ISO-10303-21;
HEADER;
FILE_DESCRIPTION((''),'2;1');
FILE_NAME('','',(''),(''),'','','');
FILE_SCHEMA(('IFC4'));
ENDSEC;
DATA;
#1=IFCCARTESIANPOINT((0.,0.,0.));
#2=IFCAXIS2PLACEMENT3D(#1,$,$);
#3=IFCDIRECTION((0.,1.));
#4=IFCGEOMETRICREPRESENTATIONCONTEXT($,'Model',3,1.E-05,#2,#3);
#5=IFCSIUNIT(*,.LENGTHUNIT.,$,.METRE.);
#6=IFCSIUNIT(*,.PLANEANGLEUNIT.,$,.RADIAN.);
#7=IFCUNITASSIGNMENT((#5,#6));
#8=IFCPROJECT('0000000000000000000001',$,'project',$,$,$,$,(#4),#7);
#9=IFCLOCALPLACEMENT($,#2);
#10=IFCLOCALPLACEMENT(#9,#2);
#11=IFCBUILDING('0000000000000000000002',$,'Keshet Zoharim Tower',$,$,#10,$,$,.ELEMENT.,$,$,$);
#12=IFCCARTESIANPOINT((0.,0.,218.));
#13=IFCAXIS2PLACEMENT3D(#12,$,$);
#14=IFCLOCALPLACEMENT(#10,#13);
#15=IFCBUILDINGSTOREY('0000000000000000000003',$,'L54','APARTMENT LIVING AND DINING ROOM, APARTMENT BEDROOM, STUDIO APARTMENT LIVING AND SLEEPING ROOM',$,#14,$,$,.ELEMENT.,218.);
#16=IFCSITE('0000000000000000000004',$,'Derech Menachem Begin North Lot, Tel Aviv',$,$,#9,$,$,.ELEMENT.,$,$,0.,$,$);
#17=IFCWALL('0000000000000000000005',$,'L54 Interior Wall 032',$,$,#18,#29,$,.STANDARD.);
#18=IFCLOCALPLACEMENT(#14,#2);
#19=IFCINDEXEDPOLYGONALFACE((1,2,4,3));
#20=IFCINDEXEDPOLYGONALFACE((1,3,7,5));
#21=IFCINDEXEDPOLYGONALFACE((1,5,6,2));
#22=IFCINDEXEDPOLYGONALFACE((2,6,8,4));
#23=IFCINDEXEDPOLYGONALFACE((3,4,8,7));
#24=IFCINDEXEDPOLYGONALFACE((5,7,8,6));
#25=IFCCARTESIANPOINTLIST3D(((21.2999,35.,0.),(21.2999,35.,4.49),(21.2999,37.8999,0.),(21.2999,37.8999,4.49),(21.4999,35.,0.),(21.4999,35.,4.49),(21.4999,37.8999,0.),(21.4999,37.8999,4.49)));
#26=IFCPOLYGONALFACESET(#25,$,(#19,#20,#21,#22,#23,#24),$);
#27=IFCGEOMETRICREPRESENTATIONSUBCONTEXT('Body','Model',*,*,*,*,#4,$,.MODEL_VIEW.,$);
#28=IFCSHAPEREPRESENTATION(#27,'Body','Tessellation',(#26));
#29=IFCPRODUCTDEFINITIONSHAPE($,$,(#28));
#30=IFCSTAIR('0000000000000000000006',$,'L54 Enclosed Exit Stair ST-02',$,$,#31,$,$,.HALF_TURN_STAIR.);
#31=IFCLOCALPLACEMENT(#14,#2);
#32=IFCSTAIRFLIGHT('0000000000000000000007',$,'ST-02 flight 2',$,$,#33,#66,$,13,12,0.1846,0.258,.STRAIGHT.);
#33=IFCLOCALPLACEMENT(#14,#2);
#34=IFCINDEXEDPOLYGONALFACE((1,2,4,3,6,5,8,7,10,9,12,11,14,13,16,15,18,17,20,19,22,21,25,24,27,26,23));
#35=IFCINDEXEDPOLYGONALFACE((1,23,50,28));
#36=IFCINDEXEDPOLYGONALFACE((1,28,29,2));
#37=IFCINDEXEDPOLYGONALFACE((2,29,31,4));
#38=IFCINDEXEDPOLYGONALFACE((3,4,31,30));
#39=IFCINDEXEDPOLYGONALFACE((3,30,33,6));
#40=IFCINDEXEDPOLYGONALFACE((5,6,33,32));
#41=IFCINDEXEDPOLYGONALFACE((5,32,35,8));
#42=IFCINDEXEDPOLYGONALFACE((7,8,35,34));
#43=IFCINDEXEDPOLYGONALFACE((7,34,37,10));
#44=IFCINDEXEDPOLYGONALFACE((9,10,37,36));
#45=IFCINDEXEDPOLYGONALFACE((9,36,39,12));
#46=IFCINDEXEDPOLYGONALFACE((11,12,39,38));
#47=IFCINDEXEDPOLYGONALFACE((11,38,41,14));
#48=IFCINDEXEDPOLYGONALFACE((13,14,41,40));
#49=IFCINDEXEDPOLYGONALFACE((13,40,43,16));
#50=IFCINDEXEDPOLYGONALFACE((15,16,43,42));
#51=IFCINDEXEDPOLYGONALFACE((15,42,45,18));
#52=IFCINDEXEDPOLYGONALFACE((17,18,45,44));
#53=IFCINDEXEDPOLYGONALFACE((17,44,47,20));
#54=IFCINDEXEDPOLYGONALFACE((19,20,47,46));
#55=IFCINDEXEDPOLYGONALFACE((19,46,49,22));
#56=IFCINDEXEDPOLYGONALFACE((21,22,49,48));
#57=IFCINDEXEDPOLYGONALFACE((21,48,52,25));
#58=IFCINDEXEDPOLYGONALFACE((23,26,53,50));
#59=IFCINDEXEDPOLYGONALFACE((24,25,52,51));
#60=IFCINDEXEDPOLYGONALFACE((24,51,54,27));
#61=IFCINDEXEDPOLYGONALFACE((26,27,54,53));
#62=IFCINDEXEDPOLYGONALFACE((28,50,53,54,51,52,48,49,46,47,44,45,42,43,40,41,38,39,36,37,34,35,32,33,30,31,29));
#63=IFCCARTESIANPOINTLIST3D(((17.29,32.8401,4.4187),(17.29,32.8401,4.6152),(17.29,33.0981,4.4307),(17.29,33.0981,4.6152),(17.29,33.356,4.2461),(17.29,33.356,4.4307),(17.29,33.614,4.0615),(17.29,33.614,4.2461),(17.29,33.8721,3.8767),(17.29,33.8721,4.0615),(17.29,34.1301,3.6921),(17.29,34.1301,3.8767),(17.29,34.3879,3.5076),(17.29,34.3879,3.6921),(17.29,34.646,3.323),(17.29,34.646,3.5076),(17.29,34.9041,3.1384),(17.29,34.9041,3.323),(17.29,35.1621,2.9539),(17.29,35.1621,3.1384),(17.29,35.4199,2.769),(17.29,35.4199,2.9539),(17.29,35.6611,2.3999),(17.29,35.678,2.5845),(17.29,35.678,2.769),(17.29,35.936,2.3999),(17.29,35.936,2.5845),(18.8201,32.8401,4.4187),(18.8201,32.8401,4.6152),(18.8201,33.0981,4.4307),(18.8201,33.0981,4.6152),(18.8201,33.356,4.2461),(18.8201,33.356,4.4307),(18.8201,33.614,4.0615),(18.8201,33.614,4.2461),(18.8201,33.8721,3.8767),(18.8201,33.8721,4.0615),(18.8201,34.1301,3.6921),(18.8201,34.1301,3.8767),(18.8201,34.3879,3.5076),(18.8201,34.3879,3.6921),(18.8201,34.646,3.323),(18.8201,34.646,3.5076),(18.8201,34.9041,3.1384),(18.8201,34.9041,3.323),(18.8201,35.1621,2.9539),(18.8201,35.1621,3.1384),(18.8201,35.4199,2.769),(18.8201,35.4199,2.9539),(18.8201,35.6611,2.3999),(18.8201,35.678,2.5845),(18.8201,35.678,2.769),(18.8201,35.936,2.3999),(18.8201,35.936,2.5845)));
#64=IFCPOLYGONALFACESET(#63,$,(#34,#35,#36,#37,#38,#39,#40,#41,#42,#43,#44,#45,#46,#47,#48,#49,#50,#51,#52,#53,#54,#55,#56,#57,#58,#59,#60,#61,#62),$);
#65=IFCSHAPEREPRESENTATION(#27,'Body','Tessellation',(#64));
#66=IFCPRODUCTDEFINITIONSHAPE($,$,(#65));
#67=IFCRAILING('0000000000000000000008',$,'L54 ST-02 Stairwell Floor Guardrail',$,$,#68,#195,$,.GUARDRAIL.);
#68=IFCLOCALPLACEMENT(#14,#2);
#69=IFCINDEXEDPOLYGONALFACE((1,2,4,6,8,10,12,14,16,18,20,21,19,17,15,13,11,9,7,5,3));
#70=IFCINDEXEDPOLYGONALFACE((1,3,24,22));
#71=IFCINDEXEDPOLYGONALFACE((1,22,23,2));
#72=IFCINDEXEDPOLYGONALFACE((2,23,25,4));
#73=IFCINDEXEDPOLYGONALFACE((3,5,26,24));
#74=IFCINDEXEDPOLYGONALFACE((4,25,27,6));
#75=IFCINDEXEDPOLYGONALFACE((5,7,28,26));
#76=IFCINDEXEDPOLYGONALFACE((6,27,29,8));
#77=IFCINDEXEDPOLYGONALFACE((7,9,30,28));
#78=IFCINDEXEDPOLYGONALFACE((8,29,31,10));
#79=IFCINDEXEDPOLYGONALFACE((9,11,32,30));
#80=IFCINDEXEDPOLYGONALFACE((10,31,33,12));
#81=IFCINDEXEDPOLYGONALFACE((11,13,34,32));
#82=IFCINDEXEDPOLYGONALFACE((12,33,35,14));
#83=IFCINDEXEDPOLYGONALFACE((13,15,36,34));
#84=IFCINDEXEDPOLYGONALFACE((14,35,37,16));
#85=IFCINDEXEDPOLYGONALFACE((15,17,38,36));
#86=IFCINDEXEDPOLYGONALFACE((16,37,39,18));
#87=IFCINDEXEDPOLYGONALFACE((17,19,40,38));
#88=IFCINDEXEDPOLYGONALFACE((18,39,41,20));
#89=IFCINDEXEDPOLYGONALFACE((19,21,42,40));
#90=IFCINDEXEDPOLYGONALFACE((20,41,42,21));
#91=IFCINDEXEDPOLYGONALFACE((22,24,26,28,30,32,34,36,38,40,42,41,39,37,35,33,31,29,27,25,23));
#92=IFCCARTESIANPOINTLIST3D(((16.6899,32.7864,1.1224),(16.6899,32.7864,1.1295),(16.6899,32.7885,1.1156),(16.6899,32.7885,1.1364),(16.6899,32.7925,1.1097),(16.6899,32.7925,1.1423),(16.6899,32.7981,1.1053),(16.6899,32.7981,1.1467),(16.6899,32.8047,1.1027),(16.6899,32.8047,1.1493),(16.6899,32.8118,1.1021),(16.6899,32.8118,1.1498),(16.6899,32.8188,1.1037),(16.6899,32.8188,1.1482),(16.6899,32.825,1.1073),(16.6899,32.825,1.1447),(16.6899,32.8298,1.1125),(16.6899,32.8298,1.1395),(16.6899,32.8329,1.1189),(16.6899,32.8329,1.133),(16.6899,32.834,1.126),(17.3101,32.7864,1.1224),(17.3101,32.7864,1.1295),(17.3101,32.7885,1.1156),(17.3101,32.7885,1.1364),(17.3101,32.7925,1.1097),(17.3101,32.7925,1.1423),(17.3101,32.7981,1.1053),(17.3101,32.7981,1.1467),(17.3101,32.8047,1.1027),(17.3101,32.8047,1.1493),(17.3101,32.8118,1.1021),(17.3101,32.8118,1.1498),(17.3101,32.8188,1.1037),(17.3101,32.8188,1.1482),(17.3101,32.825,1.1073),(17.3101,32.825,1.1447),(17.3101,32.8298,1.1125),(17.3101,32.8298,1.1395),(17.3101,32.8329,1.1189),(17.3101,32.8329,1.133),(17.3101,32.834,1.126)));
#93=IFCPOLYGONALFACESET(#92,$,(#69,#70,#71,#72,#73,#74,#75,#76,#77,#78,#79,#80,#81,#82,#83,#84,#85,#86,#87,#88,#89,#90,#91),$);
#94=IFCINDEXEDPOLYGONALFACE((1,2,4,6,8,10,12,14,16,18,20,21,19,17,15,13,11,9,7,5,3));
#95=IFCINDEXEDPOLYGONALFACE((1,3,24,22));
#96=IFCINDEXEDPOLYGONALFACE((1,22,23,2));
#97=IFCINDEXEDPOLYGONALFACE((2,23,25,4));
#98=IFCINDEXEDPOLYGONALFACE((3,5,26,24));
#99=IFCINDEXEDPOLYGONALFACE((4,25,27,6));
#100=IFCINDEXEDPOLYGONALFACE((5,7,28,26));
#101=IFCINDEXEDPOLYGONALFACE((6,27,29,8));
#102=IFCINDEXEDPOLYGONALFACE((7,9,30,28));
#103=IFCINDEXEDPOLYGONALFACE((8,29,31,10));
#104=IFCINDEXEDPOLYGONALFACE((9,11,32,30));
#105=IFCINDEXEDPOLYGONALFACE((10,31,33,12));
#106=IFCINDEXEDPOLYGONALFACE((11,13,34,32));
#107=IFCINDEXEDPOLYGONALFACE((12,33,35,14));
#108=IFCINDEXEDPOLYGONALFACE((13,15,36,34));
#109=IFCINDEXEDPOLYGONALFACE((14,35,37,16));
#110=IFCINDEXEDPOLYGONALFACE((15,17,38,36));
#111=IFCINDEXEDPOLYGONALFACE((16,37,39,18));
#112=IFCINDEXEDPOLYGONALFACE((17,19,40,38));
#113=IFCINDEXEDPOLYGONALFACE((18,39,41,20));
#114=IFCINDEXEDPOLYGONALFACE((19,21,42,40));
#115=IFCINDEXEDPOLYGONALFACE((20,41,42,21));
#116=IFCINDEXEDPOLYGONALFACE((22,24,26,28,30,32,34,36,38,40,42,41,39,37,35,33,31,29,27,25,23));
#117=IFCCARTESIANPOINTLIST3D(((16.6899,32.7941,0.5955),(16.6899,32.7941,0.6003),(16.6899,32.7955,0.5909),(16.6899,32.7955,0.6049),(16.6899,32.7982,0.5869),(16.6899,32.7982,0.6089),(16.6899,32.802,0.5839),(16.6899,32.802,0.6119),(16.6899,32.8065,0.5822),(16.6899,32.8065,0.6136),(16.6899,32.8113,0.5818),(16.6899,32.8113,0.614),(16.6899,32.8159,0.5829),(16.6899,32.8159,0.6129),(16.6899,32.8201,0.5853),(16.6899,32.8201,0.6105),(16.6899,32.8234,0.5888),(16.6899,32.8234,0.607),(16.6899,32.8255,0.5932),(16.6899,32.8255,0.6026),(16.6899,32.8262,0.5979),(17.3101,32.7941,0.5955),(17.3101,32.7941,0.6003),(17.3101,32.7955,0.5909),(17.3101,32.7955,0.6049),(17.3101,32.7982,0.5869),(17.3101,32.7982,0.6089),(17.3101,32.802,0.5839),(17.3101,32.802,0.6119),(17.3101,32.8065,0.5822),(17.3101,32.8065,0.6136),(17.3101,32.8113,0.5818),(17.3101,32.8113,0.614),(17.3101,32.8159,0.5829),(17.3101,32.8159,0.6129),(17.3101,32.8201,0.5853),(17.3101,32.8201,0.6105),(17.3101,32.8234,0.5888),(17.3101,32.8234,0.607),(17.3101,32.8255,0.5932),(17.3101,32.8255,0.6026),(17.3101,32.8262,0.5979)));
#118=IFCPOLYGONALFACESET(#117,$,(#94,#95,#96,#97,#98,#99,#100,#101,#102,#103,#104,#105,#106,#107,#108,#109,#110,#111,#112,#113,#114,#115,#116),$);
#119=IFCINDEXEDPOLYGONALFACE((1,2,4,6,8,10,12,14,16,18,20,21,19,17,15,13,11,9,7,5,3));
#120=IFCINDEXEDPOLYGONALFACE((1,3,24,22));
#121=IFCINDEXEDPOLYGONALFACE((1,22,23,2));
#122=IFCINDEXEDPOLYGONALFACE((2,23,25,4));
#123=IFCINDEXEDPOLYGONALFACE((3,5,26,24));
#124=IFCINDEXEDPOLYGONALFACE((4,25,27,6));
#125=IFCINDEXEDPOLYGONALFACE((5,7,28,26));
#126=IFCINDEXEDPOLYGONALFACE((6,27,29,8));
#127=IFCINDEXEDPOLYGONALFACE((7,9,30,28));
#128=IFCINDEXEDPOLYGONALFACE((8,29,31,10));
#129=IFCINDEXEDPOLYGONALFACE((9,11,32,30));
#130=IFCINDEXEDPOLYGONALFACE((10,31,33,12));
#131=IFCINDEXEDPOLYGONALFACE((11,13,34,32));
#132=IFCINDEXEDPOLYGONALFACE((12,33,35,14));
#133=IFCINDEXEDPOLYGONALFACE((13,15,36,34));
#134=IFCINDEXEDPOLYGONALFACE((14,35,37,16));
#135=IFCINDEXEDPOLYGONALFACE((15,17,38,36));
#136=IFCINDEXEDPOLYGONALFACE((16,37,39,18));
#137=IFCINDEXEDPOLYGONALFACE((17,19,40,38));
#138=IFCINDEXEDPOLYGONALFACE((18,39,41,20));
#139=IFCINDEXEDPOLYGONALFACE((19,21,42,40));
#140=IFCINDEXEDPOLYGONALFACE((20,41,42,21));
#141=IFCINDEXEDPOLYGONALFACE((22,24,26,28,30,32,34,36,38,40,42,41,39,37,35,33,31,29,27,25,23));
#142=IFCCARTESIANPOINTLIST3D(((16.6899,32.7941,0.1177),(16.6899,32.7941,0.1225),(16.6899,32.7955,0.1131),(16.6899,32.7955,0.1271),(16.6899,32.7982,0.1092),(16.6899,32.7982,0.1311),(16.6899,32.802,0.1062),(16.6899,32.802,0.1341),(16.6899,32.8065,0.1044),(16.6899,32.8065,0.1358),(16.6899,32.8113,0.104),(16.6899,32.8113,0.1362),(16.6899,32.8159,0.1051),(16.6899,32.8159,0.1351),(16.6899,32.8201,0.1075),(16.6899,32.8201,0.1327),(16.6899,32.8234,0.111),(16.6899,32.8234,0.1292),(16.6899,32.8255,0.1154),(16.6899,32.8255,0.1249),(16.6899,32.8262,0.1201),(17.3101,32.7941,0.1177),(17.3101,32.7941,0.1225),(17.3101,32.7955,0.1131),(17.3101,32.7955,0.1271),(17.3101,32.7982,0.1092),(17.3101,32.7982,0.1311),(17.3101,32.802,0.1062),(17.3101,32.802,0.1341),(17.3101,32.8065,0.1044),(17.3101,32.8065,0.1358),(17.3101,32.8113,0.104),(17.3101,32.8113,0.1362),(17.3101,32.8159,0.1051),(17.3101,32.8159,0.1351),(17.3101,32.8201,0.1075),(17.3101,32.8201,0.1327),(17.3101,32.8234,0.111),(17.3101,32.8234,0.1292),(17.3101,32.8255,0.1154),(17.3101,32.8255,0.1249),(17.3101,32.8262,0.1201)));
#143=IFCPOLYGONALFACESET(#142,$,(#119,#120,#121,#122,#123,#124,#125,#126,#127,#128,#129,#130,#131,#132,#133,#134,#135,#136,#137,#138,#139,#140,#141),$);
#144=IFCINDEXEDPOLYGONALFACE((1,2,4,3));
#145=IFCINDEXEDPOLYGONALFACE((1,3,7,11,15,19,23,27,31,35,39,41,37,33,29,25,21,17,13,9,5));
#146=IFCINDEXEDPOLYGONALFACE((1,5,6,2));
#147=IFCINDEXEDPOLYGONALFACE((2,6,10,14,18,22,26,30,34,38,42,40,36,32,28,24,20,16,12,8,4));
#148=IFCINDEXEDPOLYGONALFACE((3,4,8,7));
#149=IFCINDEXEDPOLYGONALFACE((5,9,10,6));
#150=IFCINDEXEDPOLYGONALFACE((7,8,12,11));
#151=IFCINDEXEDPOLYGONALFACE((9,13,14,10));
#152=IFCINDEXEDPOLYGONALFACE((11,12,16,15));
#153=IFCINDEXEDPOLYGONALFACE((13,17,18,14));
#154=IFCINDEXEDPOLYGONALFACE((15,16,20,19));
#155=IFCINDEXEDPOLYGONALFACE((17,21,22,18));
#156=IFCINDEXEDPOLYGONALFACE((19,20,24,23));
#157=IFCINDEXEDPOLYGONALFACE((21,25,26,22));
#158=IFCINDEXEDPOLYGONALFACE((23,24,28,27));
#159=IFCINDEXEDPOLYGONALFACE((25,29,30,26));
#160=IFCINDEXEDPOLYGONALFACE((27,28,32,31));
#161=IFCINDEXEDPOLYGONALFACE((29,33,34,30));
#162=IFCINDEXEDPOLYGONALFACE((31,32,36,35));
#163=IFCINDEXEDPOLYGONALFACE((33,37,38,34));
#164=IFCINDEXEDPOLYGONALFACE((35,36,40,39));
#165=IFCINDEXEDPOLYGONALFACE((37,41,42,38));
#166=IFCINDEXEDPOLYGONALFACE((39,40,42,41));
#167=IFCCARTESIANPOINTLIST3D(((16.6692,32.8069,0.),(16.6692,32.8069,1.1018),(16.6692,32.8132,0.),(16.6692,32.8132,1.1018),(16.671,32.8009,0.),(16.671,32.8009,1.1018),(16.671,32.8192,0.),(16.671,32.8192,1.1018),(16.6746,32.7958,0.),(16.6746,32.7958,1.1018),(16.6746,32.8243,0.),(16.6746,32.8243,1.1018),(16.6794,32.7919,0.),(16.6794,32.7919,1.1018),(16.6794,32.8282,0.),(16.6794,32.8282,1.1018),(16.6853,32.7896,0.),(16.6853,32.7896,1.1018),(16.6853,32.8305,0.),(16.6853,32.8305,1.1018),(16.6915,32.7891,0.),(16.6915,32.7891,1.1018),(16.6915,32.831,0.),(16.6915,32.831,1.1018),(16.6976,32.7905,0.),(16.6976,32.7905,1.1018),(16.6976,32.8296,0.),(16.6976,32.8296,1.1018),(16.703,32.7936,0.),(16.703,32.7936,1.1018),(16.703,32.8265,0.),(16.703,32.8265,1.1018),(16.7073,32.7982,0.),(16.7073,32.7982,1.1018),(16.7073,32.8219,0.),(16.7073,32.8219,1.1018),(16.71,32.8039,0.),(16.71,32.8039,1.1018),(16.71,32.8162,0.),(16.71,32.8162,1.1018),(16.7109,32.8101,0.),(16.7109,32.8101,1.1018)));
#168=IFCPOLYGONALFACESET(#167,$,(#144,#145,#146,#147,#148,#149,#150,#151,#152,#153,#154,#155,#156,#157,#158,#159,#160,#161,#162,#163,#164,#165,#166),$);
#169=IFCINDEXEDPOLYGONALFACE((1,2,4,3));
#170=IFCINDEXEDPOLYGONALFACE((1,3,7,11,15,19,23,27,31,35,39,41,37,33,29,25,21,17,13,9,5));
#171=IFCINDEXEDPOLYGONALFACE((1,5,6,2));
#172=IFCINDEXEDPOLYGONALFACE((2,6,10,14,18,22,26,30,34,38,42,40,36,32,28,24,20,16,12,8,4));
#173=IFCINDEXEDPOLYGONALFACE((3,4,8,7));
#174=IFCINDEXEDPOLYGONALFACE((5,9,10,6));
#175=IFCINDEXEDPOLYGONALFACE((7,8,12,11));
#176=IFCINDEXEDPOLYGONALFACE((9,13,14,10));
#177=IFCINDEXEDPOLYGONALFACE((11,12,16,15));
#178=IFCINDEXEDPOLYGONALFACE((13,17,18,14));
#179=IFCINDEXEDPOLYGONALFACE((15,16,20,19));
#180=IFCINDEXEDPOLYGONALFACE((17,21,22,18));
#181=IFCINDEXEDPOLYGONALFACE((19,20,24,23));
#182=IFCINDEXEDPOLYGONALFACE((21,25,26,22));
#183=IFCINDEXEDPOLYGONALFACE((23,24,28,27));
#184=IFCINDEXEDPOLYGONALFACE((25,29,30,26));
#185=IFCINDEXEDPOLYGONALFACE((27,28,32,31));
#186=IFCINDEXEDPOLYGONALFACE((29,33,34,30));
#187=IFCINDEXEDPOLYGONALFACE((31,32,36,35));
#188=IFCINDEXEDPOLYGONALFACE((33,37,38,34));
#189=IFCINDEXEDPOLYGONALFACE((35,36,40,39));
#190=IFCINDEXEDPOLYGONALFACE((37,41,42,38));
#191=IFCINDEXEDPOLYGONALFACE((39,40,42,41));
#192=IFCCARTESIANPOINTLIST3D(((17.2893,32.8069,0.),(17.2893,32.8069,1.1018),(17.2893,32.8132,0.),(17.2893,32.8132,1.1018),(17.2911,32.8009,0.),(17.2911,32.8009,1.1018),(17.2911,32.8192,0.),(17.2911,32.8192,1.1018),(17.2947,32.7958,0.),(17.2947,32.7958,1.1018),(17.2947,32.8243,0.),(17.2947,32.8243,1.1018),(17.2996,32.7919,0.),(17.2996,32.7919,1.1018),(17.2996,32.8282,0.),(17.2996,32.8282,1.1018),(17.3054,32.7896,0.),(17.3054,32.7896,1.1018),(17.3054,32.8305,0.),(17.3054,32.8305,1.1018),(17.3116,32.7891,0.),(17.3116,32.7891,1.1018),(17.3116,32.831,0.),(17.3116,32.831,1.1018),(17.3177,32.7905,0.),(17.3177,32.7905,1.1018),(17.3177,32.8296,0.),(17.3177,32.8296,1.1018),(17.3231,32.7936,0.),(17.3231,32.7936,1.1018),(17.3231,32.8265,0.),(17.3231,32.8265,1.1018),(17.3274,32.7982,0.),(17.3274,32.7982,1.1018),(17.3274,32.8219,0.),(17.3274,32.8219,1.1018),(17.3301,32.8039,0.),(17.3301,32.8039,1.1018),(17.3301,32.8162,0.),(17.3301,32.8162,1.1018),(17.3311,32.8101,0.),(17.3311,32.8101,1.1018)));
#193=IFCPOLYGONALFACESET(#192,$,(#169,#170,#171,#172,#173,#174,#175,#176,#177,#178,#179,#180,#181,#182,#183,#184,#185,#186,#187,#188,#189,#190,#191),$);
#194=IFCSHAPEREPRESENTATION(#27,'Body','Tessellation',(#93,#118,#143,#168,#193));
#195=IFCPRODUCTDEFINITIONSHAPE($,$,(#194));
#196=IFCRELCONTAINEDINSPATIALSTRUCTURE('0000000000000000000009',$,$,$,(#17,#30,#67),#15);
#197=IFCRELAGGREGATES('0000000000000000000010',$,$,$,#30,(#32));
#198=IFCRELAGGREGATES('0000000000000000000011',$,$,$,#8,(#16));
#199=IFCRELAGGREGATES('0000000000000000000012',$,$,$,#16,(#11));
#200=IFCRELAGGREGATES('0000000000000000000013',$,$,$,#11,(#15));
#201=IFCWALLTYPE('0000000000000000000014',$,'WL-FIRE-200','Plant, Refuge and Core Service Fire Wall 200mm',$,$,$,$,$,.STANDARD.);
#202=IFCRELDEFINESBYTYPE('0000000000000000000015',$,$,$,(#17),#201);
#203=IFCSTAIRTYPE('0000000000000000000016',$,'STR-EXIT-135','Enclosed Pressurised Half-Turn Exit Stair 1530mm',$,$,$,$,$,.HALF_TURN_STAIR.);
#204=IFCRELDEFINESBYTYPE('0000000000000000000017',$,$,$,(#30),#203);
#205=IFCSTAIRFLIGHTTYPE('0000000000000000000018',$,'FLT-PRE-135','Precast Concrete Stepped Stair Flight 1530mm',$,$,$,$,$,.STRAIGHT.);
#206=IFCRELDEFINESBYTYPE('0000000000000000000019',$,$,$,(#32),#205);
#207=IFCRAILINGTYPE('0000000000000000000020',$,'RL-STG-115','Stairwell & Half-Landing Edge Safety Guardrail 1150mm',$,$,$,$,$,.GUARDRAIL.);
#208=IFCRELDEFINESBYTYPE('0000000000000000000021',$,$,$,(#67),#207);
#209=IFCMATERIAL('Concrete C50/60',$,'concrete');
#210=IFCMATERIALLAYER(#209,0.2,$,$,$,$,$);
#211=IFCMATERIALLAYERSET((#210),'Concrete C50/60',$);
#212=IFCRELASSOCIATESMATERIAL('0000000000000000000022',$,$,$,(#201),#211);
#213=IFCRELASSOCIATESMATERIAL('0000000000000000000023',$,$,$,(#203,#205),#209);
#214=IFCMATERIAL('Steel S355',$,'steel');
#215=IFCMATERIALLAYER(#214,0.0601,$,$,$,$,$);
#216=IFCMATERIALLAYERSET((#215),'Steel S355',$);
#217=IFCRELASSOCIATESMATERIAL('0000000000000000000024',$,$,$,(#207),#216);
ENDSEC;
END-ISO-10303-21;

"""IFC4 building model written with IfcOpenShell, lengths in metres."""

from ifc_helpers import new_model, si_unit, direction, frame, frame_2d, origin, origin_2d, place, context, subcontext, project, spatial, polyline, rectangle, circle, outline, extrude, material, layer, layer_set, type_object, element, aggregate, save


model = new_model("IFC4")

# Units and contexts
model_context = context("Model", 3, precision=1e-05, world=origin(), true_north=direction((0.0, 1.0)))
body_context = subcontext(model_context, "Body", "Model", "MODEL_VIEW")
ifc_project = project(units=[si_unit("LENGTHUNIT", "METRE"), si_unit("PLANEANGLEUNIT", "RADIAN")], contexts=[model_context])

# Site, building, storey
site_placement = place(None, origin())
site = spatial("IfcSite", under=ifc_project, at=site_placement, Name="Derech Menachem Begin North Lot, Tel Aviv", CompositionType="ELEMENT", RefElevation=0.0)
building_placement = place(site_placement, origin())
building = spatial("IfcBuilding", under=site, at=building_placement, Name="Keshet Zoharim Tower", CompositionType="ELEMENT")
storey_placement = place(building_placement, frame((0.0, 0.0, 218.0)))
storey = spatial("IfcBuildingStorey", under=building, at=storey_placement, Name="L54", Description="APARTMENT LIVING AND DINING ROOM, APARTMENT BEDROOM, STUDIO APARTMENT LIVING AND SLEEPING ROOM", CompositionType="ELEMENT", Elevation=218.0)

# Shared definitions
ifc_material_1 = material(Name="Steel S355", Category="steel")

# Wall
ifc_material_2 = material(Name="Concrete C50/60", Category="concrete")
ifc_layer_1 = layer(ifc_material_2, 0.2)
ifc_layer_set_1 = layer_set([ifc_layer_1], Name="Concrete C50/60")
wall_type_1 = type_object("IfcWallType", Name="WL-FIRE-200", Description="Plant, Refuge and Core Service Fire Wall 200mm", PredefinedType="STANDARD", material=ifc_layer_set_1)
wall_1_placement = place(storey_placement, frame((21.3999, 35.0, 0.0), z_axis=(0.0, 0.0, 1.0), x_axis=(0.0, 1.0, 0.0)))
element("IfcWall", 1, at=wall_1_placement, inside=storey, type_object=wall_type_1, Name="L54 Interior Wall 032", PredefinedType="STANDARD", context=body_context, shape_type="SweptSolid", body=[
    extrude(rectangle(XDim=2.8999, YDim=0.2, at=frame_2d((1.45, 0.0))), origin(), (0.0, 0.0, 1.0), 4.49),
])

# Stair, stair flight
stair_type = type_object("IfcStairType", Name="STR-EXIT-135", Description="Enclosed Pressurised Half-Turn Exit Stair 1530mm", PredefinedType="HALF_TURN_STAIR", material=ifc_material_2)
stair_placement = place(storey_placement, origin())
stair = element("IfcStair", 2, at=stair_placement, inside=storey, type_object=stair_type, Name="L54 Enclosed Exit Stair ST-02", PredefinedType="HALF_TURN_STAIR")
stair_flight_type = type_object("IfcStairFlightType", Name="FLT-PRE-135", Description="Precast Concrete Stepped Stair Flight 1530mm", PredefinedType="STRAIGHT", material=ifc_material_2)
stair_flight_placement = place(storey_placement, frame((18.0549, 35.936, 2.3999), z_axis=(0.0, 0.0, 1.0), x_axis=(0.0, -1.0, 0.0)))
stair_flight = element("IfcStairFlight", 3, at=stair_flight_placement, type_object=stair_flight_type, Name="ST-02 flight 2", NumberOfRisers=13, NumberOfTreads=12, PredefinedType="STRAIGHT", RiserHeight=0.1846, TreadLength=0.258, context=body_context, shape_type="SweptSolid", body=[
    extrude(outline(polyline([(0.0, 0.0), (0.0, 0.1846), (0.2581, 0.1846), (0.2581, 0.3691), (0.5161, 0.3691), (0.5161, 0.554), (0.7739, 0.554), (0.7739, 0.7385), (1.032, 0.7385), (1.032, 0.9231), (1.29, 0.9231), (1.29, 1.1077), (1.5481, 1.1077), (1.5481, 1.2922), (1.8059, 1.2922), (1.8059, 1.4768), (2.064, 1.4768), (2.064, 1.6616), (2.322, 1.6616), (2.322, 1.8462), (2.5801, 1.8462), (2.5801, 2.0308), (2.8379, 2.0308), (2.8379, 2.2153), (3.0959, 2.2153), (3.0959, 2.3999), (3.0959, 2.0188), (0.2749, 0.0), (0.0, 0.0)])), frame((0.0, 0.7651, 0.0), z_axis=(0.0, -1.0, 0.0), x_axis=(1.0, 0.0, 0.0)), (0.0, 0.0, 1.0), 1.53),
])
aggregate(stair, [stair_flight])

# Railing
ifc_layer_2 = layer(ifc_material_1, 0.0601)
ifc_layer_set_2 = layer_set([ifc_layer_2], Name="Steel S355")
railing_type_1 = type_object("IfcRailingType", Name="RL-STG-115", Description="Stairwell & Half-Landing Edge Safety Guardrail 1150mm", PredefinedType="GUARDRAIL", material=ifc_layer_set_2)
railing_1_placement = place(storey_placement, frame((16.6899, 32.8101, 0.0)))
element("IfcRailing", 4, at=railing_1_placement, inside=storey, type_object=railing_type_1, Name="L54 ST-02 Stairwell Floor Guardrail", PredefinedType="GUARDRAIL", context=body_context, shape_type="SweptSolid", body=[
    extrude(circle(Radius=0.0239, at=origin_2d()), frame((0.0, 0.0, 1.126), z_axis=(1.0, 0.0, 0.0), x_axis=(0.0, 1.0, 0.0)), (0.0, 0.0, 1.0), 0.6201),
    extrude(circle(Radius=0.0161, at=origin_2d()), frame((0.0, 0.0, 0.5979), z_axis=(1.0, 0.0, 0.0), x_axis=(0.0, 1.0, 0.0)), (0.0, 0.0, 1.0), 0.6201),
    extrude(circle(Radius=0.0161, at=origin_2d()), frame((0.0, 0.0, 0.1201), z_axis=(1.0, 0.0, 0.0), x_axis=(0.0, 1.0, 0.0)), (0.0, 0.0, 1.0), 0.6201),
    extrude(circle(Radius=0.021, at=origin_2d()), origin(), (0.0, 0.0, 1.0), 1.1018),
    extrude(circle(Radius=0.021, at=origin_2d()), frame((0.6201, 0.0, 0.0)), (0.0, 0.0, 1.0), 1.1018),
])

save(model, "model.ifc")
